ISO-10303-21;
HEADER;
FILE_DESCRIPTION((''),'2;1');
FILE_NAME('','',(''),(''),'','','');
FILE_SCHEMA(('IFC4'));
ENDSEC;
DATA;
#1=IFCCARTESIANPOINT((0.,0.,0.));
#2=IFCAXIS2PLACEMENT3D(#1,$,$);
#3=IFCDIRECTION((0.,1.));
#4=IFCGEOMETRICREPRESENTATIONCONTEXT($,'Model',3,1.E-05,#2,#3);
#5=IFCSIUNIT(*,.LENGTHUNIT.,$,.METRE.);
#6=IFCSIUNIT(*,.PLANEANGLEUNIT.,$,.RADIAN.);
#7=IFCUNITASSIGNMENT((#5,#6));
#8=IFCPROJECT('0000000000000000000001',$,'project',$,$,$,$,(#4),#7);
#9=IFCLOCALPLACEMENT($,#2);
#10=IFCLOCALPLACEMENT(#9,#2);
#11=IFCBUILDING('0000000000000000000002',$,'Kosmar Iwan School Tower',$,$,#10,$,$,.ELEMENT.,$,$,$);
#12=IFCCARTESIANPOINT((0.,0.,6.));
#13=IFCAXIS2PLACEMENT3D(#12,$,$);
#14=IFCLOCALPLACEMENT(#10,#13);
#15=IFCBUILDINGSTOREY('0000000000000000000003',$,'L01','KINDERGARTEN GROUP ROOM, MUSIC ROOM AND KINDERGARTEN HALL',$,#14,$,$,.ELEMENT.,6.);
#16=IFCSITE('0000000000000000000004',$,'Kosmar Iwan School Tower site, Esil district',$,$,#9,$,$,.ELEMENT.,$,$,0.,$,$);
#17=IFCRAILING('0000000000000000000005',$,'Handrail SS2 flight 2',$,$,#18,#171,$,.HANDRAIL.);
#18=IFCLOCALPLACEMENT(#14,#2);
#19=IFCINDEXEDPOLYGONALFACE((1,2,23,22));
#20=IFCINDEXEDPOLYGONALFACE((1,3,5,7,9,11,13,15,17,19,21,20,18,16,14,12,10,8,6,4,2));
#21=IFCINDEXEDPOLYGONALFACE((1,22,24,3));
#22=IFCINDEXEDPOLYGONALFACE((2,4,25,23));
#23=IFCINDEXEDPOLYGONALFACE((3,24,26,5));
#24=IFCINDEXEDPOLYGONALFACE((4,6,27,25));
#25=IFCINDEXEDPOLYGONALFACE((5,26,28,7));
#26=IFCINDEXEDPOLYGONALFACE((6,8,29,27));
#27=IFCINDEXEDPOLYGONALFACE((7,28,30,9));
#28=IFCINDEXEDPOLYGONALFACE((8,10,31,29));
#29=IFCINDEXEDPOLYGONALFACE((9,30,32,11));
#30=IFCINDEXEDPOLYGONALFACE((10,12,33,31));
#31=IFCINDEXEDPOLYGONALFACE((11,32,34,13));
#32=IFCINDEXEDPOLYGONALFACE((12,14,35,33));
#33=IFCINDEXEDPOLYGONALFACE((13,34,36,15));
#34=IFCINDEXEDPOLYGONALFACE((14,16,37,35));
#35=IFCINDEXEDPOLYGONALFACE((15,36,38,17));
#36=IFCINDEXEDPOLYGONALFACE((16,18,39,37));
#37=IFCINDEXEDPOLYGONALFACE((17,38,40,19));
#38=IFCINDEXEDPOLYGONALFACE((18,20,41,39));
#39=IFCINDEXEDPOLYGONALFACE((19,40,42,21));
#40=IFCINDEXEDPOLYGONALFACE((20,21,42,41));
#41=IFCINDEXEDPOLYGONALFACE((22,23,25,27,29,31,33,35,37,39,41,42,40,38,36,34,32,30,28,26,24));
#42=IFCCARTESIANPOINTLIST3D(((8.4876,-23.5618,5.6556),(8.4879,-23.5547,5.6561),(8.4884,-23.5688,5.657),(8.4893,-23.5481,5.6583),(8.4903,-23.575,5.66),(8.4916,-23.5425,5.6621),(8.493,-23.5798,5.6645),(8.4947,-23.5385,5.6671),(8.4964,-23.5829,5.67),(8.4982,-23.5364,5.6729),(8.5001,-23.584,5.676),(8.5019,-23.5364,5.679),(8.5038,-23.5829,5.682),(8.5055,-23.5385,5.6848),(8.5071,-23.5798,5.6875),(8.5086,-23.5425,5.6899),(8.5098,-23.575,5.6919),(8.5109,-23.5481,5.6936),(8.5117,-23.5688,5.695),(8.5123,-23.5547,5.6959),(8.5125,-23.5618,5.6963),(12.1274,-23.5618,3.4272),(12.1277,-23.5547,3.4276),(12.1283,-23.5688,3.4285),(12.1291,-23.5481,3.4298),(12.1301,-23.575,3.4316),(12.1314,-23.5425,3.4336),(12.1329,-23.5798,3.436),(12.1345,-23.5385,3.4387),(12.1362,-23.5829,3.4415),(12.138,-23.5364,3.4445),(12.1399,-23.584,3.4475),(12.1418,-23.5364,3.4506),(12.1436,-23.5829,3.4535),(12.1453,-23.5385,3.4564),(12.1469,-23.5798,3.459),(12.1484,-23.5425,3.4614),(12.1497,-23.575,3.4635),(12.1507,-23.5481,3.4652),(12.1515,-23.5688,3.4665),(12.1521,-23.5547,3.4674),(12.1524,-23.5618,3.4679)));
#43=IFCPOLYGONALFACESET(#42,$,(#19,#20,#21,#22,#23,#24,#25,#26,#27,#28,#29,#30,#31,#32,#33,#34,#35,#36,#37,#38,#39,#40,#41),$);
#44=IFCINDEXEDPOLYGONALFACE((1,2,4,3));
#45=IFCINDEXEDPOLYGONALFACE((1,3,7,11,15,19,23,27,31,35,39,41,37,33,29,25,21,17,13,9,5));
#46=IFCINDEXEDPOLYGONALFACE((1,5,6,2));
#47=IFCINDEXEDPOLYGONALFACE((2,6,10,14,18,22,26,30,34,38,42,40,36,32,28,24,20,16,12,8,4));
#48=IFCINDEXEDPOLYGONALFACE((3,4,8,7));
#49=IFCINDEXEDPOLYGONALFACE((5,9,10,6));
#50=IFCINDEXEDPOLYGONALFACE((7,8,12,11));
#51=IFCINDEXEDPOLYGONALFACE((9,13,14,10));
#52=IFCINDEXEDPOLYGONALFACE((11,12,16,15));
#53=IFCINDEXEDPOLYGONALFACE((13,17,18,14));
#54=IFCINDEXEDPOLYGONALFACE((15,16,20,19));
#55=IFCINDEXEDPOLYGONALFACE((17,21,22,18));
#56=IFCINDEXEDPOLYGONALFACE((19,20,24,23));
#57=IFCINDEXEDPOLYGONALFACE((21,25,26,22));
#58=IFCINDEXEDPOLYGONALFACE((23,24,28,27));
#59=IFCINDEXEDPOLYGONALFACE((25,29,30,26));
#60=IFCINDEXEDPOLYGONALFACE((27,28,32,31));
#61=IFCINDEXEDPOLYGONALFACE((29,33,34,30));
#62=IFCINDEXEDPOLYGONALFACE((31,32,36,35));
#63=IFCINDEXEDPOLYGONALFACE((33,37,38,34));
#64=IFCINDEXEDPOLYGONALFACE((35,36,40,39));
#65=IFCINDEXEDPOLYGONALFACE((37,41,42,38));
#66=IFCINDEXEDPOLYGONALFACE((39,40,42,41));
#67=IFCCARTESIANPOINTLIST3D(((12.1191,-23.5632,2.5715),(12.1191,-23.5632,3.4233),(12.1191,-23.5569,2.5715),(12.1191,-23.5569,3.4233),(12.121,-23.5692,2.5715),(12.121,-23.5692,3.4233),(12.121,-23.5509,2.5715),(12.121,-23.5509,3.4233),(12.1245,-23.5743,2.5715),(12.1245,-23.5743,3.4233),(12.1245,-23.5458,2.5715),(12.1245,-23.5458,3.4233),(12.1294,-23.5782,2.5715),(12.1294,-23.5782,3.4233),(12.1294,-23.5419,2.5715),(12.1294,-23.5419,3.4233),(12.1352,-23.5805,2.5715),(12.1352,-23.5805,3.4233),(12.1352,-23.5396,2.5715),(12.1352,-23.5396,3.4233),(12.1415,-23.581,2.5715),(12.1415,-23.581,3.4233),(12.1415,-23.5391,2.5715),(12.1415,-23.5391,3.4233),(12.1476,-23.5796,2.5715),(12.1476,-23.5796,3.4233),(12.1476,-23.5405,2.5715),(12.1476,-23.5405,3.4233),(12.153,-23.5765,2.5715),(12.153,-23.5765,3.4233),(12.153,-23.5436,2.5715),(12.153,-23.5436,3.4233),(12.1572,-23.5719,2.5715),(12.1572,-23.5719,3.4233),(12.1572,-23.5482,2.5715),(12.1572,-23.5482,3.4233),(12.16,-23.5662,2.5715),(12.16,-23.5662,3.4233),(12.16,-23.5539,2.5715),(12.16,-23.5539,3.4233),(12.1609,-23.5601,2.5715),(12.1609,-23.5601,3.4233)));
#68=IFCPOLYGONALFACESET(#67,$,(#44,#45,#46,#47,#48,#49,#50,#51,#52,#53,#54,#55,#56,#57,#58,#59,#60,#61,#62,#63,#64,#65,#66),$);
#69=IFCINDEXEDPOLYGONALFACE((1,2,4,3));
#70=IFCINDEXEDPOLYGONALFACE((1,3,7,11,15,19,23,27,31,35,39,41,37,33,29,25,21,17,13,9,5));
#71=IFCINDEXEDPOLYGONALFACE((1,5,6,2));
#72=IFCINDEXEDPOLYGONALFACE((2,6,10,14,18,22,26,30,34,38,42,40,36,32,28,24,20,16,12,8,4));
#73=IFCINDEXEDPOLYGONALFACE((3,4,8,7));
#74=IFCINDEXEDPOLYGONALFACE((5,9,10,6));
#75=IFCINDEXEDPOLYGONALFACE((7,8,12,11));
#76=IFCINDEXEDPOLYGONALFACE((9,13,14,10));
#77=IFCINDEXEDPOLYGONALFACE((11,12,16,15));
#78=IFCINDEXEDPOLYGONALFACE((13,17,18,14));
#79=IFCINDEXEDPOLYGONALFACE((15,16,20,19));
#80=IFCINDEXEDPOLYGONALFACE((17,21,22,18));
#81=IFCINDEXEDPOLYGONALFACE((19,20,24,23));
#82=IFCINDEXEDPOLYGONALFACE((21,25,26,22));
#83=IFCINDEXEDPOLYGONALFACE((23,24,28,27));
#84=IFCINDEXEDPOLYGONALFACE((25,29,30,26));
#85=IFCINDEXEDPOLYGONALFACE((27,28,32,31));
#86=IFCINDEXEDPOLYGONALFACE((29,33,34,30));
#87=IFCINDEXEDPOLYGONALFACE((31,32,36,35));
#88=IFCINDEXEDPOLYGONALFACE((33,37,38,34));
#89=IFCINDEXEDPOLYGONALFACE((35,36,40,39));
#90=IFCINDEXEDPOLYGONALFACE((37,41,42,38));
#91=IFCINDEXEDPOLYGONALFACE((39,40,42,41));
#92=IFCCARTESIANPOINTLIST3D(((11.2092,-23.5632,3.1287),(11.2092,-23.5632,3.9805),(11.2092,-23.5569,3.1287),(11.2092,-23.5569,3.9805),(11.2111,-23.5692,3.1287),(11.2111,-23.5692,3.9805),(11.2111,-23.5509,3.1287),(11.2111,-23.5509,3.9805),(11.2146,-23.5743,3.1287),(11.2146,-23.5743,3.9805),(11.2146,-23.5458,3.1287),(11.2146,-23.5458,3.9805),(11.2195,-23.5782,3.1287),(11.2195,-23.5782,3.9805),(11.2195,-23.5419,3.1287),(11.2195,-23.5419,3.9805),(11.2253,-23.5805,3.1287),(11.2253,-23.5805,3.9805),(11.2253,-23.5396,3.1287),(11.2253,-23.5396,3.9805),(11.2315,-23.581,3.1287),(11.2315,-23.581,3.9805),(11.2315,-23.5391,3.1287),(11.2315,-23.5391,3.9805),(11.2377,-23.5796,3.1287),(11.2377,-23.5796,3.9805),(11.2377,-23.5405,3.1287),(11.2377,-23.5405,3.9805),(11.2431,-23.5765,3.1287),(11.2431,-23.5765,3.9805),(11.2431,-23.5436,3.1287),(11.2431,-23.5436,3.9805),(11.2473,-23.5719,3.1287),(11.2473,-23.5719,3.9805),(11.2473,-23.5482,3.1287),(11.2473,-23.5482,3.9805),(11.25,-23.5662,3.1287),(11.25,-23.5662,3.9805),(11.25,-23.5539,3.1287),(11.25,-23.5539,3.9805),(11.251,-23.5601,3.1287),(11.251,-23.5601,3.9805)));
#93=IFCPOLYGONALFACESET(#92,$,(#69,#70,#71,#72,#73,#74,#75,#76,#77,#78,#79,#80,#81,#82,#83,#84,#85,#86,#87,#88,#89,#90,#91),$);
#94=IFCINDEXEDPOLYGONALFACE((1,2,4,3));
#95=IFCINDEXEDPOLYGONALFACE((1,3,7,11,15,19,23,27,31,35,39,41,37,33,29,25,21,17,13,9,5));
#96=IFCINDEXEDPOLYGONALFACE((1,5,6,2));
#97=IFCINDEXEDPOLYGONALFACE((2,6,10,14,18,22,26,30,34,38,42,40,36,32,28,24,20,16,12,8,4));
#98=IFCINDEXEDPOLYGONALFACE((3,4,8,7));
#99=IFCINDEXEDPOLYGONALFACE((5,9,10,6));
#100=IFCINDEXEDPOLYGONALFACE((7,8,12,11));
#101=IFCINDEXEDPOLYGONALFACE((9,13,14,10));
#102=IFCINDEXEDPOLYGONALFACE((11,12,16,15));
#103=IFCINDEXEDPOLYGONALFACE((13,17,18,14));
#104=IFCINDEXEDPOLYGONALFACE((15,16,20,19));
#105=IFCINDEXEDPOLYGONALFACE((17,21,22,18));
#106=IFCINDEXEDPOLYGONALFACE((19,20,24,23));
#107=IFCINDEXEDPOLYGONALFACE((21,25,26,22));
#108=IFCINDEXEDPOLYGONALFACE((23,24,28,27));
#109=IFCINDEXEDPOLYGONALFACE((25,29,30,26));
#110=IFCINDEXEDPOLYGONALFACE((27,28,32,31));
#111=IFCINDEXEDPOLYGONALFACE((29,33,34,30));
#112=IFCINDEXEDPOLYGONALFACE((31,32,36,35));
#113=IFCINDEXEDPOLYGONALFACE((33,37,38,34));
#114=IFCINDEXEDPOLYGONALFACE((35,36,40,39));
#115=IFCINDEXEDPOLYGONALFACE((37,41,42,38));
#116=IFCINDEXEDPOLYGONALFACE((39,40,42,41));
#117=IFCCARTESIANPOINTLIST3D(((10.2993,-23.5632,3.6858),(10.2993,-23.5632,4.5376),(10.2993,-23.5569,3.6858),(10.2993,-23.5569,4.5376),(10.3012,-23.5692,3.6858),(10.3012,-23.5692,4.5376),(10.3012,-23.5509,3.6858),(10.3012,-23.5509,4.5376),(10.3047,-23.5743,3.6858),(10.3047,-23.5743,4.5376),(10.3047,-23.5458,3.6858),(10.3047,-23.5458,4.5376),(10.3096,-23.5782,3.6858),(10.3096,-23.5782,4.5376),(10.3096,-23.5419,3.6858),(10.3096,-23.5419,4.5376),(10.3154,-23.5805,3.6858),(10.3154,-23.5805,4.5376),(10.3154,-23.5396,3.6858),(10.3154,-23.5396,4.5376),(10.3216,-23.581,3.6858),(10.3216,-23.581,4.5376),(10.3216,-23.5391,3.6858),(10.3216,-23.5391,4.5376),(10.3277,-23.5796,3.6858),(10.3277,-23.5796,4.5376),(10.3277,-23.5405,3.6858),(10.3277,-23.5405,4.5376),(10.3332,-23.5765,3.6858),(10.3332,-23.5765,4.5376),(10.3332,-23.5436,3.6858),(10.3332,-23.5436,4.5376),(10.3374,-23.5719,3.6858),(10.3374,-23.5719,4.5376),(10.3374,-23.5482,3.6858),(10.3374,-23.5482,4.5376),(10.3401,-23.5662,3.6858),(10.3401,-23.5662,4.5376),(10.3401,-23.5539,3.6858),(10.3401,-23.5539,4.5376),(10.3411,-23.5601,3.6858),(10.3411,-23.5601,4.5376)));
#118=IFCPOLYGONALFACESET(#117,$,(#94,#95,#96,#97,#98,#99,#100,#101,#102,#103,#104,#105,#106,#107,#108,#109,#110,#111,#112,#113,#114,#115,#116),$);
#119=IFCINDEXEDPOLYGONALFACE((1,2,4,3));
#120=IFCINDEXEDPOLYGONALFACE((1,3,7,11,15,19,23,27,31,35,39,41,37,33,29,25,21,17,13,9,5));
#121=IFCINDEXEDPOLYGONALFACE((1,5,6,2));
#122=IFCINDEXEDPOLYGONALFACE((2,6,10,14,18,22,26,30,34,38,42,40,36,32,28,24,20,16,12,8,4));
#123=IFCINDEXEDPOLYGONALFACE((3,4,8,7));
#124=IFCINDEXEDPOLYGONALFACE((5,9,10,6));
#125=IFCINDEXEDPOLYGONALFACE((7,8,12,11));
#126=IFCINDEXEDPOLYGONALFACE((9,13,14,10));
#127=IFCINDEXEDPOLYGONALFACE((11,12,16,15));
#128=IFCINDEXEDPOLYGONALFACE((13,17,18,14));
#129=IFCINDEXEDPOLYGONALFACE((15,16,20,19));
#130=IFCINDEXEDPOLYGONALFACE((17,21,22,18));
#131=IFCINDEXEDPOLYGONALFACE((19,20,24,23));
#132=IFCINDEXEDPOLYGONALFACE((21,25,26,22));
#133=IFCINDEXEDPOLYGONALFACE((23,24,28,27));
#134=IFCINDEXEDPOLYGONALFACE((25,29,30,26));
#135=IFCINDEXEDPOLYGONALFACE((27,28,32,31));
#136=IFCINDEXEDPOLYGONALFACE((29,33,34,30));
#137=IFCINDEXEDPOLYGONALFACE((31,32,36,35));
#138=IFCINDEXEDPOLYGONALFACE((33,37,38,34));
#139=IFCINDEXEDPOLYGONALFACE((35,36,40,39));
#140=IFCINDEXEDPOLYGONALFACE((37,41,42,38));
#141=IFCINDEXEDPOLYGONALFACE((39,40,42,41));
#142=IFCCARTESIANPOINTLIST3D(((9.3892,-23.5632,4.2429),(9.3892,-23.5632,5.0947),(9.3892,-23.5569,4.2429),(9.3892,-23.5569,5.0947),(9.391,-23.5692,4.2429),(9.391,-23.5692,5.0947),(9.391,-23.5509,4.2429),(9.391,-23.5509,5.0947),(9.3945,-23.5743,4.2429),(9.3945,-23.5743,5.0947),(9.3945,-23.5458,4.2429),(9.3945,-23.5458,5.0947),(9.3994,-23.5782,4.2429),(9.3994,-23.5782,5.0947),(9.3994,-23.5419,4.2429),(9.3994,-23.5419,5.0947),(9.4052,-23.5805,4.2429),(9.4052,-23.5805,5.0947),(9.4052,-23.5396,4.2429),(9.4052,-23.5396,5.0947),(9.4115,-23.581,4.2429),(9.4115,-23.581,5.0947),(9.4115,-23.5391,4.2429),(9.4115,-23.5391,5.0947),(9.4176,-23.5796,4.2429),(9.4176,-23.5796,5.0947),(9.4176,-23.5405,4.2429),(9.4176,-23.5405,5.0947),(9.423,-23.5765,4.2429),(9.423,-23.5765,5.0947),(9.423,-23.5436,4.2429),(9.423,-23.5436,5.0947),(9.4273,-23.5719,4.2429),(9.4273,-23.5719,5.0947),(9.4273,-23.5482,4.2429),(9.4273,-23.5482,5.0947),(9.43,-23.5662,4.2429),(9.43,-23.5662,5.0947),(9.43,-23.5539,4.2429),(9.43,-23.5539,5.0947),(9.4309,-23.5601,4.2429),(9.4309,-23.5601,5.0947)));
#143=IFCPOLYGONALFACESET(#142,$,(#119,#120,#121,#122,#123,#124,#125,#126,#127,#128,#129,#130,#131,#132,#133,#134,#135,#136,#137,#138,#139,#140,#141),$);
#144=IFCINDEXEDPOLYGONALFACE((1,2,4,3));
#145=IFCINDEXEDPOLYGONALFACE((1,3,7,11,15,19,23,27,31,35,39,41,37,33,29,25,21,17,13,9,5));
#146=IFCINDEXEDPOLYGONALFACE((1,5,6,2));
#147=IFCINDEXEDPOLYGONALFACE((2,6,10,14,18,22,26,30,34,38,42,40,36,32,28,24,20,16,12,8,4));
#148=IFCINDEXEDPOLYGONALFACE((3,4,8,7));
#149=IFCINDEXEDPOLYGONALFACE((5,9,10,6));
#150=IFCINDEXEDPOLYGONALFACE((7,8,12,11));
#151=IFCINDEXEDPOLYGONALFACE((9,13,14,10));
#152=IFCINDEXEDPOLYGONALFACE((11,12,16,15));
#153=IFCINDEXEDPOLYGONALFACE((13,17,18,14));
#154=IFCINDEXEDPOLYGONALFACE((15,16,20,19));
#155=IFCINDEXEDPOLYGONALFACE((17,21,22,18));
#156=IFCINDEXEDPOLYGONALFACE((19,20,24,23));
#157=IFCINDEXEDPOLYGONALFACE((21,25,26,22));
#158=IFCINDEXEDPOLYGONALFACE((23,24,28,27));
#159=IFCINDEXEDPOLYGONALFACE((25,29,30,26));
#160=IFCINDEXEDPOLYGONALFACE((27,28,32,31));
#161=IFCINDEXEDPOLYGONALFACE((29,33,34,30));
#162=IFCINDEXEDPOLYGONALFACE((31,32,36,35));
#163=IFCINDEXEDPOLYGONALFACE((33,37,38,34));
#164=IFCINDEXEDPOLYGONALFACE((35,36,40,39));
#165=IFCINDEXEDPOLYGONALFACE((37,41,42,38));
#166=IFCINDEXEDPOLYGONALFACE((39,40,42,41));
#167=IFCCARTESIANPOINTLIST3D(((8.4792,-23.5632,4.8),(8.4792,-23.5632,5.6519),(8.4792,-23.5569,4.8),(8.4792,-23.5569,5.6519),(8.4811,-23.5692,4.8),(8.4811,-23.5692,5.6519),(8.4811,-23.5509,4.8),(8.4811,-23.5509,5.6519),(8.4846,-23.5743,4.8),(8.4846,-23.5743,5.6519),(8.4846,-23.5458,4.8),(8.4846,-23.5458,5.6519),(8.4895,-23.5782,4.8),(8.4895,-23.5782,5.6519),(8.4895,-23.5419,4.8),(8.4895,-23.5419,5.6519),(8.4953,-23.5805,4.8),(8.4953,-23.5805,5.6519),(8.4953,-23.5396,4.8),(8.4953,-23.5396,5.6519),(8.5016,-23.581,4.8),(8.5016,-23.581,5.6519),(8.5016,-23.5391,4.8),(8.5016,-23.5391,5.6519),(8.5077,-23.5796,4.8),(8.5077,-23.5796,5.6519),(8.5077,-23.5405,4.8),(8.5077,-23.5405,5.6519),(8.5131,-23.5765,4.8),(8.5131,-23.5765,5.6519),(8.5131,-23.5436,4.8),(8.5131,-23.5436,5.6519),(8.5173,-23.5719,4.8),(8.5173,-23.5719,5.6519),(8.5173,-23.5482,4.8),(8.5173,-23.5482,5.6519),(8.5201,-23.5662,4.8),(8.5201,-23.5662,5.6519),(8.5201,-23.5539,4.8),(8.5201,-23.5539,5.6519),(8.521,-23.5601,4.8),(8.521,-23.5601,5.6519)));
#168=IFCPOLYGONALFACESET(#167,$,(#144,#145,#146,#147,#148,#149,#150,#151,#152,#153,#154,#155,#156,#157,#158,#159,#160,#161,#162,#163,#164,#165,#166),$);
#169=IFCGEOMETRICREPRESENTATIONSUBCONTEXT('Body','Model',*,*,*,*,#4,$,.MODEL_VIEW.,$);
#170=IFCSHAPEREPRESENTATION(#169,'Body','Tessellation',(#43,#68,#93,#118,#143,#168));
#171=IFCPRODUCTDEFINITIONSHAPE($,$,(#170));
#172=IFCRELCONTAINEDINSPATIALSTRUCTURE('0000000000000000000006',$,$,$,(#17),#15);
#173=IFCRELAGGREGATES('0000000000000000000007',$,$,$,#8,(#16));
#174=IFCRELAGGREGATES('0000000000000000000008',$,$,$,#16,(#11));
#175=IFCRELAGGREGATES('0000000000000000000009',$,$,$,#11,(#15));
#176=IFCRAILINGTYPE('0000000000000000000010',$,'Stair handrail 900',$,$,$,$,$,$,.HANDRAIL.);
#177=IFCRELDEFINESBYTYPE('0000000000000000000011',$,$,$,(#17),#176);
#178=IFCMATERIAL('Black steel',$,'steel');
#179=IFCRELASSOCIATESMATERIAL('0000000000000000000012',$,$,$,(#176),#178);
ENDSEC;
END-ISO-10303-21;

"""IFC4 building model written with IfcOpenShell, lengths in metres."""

from ifc_helpers import new_model, si_unit, direction, frame, origin, origin_2d, place, context, subcontext, project, spatial, circle, extrude, material, type_object, element, save


model = new_model("IFC4")

# Units and contexts
model_context = context("Model", 3, precision=1e-05, world=origin(), true_north=direction((0.0, 1.0)))
body_context = subcontext(model_context, "Body", "Model", "MODEL_VIEW")
ifc_project = project(units=[si_unit("LENGTHUNIT", "METRE"), si_unit("PLANEANGLEUNIT", "RADIAN")], contexts=[model_context])

# Site, building, storey
site_placement = place(None, origin())
site = spatial("IfcSite", under=ifc_project, at=site_placement, Name="Kosmar Iwan School Tower site, Esil district", CompositionType="ELEMENT", RefElevation=0.0)
building_placement = place(site_placement, origin())
building = spatial("IfcBuilding", under=site, at=building_placement, Name="Kosmar Iwan School Tower", CompositionType="ELEMENT")
storey_placement = place(building_placement, frame((0.0, 0.0, 6.0)))
storey = spatial("IfcBuildingStorey", under=building, at=storey_placement, Name="L01", Description="KINDERGARTEN GROUP ROOM, MUSIC ROOM AND KINDERGARTEN HALL", CompositionType="ELEMENT", Elevation=6.0)

# Railing
ifc_material_1 = material(Name="Black steel", Category="steel")
railing_type = type_object("IfcRailingType", Name="Stair handrail 900", PredefinedType="HANDRAIL", material=ifc_material_1)
railing_1_placement = place(storey_placement, frame((12.1399, -23.5601, 2.5715)))
element("IfcRailing", 1, at=railing_1_placement, inside=storey, type_object=railing_type, Name="Handrail SS2 flight 2", PredefinedType="HANDRAIL", context=body_context, shape_type="SweptSolid", body=[
    extrude(circle(Radius=0.0239, at=origin_2d()), frame((0.0, 0.0, 0.876), z_axis=(-0.85285, 0.0, 0.522156), x_axis=(0.0, -1.0, 0.0)), (0.0, 0.0, 1.0), 4.2678),
    extrude(circle(Radius=0.021, at=origin_2d()), origin(), (0.0, 0.0, 1.0), 0.8518),
    extrude(circle(Radius=0.021, at=origin_2d()), frame((-0.9099, 0.0, 0.5571)), (0.0, 0.0, 1.0), 0.8518),
    extrude(circle(Radius=0.021, at=origin_2d()), frame((-1.8198, 0.0, 1.1143)), (0.0, 0.0, 1.0), 0.8518),
    extrude(circle(Radius=0.021, at=origin_2d()), frame((-2.73, 0.0, 1.6714)), (0.0, 0.0, 1.0), 0.8518),
    extrude(circle(Radius=0.021, at=origin_2d()), frame((-3.6399, 0.0, 2.2285)), (0.0, 0.0, 1.0), 0.8518),
])

save(model, "model.ifc")
